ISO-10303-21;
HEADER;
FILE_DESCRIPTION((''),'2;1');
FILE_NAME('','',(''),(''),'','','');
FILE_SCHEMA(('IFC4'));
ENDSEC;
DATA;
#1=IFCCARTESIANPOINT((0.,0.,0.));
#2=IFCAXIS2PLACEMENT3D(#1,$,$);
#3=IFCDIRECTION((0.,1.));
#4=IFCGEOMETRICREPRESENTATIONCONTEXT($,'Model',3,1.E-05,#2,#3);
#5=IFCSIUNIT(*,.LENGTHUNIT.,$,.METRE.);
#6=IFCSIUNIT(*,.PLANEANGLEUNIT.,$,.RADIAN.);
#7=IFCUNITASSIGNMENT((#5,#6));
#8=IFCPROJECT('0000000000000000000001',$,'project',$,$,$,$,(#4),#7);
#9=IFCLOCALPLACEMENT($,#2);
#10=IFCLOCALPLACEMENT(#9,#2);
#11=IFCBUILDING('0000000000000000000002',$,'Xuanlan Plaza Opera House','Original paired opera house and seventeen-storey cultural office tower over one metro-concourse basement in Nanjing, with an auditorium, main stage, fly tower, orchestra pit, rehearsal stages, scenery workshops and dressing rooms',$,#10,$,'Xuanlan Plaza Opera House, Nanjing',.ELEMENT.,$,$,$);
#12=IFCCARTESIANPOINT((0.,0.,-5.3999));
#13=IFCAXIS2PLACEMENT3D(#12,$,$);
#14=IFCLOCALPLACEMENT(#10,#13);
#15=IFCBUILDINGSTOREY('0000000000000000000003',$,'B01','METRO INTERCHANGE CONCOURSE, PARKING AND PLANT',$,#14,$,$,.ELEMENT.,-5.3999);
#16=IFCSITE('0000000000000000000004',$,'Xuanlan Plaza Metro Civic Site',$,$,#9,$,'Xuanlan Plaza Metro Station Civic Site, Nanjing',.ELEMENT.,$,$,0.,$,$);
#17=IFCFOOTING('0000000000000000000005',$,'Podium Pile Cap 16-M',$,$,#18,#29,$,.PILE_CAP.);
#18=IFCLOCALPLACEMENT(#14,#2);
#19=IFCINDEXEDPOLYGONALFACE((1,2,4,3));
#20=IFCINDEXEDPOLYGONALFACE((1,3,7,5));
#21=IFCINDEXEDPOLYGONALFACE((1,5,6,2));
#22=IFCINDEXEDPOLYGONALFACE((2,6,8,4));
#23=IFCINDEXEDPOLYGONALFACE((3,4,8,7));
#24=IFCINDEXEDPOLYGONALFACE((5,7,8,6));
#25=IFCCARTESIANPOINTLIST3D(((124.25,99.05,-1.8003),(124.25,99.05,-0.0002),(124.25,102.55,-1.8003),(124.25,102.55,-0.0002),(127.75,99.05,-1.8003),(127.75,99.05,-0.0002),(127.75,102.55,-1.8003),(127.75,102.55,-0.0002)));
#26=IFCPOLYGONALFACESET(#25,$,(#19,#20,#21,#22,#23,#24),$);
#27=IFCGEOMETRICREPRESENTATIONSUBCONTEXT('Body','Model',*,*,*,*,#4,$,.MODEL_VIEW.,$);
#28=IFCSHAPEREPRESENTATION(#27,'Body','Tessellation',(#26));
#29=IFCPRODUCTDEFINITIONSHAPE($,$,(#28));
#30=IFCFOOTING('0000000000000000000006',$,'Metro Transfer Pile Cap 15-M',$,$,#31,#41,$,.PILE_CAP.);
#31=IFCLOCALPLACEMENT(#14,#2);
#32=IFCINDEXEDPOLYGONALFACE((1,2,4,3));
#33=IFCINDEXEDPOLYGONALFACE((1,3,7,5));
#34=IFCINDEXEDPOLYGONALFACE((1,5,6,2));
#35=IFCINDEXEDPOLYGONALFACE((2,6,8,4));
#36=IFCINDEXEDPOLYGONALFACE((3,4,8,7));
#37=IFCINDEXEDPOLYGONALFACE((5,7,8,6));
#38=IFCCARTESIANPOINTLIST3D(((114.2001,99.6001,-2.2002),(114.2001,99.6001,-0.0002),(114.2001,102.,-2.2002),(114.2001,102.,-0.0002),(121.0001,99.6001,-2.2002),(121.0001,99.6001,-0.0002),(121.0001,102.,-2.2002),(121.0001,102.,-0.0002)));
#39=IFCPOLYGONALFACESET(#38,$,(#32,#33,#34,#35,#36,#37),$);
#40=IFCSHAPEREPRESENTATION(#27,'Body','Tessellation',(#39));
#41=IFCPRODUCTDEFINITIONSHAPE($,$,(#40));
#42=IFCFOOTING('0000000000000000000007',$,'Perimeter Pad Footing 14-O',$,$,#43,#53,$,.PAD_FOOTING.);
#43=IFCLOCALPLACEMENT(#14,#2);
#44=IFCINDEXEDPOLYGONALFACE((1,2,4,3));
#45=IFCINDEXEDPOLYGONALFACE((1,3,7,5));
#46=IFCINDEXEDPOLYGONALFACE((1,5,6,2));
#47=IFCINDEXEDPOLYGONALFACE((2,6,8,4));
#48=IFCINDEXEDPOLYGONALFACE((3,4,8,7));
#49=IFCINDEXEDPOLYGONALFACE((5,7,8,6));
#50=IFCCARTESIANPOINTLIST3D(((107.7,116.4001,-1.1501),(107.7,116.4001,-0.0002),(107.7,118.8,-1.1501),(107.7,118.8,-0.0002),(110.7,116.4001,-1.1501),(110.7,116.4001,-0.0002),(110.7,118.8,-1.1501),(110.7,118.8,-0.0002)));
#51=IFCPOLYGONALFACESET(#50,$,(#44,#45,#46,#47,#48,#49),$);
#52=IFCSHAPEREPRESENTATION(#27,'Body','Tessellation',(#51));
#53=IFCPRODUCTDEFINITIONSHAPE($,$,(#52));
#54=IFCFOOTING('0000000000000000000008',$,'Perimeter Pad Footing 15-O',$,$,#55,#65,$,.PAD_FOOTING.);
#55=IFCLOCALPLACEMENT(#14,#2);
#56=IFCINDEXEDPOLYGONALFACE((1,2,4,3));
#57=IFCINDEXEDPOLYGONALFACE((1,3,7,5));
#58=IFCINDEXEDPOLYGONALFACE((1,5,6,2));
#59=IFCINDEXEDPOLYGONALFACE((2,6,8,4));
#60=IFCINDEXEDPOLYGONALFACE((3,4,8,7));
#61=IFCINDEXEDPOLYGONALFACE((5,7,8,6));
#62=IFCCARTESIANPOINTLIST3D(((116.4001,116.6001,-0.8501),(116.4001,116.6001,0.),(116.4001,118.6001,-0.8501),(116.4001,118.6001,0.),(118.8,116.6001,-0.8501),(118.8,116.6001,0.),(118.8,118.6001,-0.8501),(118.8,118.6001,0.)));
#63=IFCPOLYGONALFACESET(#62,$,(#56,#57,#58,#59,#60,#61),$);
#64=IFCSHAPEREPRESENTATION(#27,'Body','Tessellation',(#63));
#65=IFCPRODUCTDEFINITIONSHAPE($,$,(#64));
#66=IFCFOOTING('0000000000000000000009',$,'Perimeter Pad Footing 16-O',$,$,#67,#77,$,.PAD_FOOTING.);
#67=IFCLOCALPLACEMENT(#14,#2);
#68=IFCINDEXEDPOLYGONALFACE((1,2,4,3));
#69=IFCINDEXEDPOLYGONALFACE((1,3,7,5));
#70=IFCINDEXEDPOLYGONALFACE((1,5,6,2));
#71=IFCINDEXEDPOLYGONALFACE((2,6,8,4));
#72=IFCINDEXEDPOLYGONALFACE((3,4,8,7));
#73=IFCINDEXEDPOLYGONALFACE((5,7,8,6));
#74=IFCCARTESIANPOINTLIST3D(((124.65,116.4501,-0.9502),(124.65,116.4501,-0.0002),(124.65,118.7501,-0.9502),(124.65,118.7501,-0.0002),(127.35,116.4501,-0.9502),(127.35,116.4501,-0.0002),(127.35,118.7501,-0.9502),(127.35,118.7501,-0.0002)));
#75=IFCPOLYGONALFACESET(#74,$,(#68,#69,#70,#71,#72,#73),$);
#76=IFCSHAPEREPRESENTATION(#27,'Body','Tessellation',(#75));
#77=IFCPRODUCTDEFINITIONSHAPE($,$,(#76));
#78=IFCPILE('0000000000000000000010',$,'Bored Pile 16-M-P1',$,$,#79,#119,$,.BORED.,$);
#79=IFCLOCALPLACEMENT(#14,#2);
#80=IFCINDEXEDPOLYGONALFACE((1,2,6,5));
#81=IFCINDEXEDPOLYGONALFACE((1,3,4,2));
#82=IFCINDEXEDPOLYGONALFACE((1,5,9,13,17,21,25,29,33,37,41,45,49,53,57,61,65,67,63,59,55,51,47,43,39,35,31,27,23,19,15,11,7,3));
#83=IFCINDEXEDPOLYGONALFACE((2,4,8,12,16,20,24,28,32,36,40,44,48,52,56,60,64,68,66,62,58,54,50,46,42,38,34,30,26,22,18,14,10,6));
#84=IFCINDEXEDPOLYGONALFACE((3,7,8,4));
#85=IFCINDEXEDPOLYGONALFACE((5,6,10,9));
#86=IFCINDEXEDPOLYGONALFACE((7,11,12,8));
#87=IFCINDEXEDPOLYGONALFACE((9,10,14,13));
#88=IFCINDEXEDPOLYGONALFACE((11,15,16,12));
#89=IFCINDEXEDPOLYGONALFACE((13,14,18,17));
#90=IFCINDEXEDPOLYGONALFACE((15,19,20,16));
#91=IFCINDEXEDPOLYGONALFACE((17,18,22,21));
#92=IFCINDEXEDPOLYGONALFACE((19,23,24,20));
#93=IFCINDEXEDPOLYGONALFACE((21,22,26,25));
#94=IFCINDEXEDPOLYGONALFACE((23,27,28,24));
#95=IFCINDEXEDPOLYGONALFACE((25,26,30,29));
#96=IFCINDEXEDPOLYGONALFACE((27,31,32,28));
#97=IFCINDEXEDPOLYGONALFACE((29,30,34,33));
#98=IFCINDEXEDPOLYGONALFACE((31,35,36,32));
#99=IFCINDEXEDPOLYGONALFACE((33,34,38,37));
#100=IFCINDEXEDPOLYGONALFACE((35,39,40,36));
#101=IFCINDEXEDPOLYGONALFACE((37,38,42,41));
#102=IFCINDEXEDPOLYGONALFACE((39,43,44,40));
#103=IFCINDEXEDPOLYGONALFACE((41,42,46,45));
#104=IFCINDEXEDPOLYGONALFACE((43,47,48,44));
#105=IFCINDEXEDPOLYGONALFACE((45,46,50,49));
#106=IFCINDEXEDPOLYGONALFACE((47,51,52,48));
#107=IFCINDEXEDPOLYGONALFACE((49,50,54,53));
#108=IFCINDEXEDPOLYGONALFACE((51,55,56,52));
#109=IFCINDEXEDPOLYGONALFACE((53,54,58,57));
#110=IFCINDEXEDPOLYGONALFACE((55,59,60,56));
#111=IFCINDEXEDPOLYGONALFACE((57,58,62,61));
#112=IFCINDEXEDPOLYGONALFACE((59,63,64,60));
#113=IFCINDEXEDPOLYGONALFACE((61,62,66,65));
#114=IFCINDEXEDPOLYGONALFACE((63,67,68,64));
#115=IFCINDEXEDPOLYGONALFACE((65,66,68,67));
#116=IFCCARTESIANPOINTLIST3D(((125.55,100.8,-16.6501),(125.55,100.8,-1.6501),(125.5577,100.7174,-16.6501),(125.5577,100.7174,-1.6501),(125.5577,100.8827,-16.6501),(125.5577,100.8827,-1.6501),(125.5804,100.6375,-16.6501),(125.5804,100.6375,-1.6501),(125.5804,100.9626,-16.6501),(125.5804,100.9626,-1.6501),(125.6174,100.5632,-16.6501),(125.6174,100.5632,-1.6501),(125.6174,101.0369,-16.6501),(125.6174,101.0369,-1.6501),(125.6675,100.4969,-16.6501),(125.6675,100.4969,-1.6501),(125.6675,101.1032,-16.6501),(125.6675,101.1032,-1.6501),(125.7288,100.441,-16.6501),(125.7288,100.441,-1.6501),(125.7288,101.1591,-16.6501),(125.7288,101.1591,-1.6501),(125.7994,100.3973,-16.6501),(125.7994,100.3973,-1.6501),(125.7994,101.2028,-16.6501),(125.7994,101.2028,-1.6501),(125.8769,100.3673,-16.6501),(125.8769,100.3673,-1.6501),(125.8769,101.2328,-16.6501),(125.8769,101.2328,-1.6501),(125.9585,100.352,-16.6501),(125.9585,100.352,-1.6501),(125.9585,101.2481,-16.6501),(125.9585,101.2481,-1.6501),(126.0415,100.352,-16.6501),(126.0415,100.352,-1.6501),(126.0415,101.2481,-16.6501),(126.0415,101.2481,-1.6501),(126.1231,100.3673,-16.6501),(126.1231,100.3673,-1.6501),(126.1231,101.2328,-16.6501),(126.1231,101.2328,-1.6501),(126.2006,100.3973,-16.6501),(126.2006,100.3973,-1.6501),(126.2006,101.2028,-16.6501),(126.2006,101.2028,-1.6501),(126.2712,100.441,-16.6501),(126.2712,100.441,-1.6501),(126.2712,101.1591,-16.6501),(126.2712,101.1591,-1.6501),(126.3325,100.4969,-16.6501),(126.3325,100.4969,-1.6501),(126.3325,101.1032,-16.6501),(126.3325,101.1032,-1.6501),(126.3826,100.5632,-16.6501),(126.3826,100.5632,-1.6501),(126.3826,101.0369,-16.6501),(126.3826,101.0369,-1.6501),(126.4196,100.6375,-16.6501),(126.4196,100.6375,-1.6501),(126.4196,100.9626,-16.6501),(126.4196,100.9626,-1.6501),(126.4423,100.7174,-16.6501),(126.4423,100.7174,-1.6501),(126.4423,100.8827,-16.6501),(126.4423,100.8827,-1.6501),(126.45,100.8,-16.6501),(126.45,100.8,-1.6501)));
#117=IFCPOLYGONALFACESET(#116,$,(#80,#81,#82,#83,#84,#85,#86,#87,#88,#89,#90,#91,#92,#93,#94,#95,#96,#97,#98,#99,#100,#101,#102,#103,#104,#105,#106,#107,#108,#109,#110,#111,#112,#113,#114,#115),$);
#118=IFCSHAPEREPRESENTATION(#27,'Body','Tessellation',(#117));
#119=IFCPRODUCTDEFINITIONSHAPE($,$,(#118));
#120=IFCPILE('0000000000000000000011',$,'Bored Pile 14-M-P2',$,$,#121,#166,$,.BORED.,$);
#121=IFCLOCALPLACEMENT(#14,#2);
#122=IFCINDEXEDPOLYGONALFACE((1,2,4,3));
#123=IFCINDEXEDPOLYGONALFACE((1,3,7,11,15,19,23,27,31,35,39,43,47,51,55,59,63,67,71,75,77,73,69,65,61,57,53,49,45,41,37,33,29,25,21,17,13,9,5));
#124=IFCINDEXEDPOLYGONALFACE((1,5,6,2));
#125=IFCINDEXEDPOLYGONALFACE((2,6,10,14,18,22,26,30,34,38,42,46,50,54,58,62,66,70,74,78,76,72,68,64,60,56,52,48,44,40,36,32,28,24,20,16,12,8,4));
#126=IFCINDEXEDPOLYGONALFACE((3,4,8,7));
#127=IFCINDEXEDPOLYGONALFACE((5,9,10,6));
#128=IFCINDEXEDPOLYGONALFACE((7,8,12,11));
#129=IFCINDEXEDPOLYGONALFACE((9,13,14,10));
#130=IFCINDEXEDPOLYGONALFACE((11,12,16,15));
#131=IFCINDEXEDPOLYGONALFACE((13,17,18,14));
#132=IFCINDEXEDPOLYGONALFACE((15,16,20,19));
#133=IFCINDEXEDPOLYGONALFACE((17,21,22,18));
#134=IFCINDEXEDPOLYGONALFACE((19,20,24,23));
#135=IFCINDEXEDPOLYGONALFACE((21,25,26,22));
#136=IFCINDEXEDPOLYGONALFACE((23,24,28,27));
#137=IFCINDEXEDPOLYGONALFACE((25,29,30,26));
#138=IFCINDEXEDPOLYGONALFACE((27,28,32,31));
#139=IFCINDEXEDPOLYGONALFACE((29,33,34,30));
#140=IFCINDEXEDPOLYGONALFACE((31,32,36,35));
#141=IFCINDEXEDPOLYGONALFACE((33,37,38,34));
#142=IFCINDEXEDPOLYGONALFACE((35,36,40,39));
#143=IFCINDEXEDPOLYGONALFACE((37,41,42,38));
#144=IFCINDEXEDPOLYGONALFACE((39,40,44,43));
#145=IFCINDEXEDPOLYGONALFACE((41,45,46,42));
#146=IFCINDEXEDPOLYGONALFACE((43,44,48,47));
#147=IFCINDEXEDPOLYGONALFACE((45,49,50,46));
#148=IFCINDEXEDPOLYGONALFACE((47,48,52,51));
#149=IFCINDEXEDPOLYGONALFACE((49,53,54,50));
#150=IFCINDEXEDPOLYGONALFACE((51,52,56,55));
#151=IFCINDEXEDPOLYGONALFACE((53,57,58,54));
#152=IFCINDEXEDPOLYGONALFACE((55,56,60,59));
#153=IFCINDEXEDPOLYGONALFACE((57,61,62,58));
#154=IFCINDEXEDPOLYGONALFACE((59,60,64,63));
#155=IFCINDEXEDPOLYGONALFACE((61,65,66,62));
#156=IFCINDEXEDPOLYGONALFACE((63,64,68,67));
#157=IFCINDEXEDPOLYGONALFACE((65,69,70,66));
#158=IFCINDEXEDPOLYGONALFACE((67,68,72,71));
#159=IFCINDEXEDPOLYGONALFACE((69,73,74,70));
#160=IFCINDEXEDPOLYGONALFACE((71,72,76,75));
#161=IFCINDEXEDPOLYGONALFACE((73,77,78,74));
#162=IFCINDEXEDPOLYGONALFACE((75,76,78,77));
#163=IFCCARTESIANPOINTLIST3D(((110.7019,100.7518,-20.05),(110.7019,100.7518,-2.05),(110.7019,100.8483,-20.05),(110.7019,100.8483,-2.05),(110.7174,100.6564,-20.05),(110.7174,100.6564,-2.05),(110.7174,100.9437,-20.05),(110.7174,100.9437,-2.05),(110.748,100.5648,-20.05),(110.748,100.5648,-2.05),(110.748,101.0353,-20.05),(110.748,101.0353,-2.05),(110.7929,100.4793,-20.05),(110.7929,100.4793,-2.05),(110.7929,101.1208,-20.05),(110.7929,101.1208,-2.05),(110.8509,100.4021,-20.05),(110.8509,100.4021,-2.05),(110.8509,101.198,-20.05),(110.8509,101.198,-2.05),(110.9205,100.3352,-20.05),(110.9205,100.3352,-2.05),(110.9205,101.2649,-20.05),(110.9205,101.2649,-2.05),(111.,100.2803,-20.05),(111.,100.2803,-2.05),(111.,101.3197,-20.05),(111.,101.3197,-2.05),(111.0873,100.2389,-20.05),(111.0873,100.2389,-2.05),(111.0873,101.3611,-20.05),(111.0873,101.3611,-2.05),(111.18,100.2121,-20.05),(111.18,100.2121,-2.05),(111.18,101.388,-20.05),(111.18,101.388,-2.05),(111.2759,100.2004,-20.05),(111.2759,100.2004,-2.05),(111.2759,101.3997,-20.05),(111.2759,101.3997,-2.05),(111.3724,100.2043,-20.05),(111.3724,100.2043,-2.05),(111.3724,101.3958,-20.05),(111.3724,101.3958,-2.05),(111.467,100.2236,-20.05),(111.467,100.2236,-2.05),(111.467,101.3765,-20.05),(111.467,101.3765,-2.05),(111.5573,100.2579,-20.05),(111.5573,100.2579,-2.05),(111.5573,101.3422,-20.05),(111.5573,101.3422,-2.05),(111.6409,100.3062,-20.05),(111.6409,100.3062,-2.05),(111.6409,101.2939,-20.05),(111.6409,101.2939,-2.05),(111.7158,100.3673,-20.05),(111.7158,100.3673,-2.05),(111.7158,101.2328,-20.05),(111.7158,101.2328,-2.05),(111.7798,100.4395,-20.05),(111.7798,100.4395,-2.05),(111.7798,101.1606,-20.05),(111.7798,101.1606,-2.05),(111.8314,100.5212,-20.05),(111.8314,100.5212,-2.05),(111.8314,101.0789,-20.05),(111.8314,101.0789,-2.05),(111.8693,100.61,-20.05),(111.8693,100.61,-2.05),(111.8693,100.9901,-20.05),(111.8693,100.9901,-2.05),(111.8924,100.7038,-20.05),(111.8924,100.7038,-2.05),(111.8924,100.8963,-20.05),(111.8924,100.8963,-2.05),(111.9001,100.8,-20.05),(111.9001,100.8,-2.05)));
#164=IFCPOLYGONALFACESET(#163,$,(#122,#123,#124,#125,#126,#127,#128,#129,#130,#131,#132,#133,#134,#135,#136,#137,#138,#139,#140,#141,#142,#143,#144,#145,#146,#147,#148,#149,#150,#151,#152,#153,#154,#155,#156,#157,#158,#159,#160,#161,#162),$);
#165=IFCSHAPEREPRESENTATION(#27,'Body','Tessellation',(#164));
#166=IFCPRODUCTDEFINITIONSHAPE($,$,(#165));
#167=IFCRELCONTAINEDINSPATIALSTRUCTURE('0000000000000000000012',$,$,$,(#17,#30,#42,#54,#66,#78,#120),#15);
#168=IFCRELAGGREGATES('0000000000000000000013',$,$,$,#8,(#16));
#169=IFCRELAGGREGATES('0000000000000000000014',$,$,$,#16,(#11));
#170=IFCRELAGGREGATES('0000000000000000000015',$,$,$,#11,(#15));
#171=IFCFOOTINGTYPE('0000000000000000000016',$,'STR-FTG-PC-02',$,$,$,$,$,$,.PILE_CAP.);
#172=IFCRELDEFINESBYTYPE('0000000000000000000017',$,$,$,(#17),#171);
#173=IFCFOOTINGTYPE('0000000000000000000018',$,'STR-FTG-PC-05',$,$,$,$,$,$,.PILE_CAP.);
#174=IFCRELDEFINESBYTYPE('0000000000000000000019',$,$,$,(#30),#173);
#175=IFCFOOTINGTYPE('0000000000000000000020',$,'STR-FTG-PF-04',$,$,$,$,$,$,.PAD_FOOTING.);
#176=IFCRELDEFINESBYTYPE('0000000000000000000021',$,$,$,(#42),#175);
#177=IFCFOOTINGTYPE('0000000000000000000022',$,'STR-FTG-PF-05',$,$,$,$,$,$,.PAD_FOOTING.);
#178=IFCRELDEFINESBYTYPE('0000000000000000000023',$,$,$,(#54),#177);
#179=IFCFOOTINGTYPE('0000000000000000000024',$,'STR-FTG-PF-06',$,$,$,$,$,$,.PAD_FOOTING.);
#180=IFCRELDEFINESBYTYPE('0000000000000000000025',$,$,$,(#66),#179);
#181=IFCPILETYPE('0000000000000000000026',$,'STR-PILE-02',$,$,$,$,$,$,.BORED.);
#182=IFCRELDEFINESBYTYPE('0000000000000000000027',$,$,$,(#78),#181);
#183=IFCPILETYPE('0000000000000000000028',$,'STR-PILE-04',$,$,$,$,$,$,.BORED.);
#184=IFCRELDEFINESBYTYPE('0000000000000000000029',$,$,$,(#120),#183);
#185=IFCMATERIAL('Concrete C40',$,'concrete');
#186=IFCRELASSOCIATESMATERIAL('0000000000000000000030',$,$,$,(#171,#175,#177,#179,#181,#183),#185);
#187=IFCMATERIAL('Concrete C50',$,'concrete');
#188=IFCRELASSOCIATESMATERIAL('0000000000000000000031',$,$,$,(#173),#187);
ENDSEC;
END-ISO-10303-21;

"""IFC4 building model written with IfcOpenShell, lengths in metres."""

from ifc_helpers import new_model, si_unit, direction, frame, origin, origin_2d, place, context, subcontext, project, spatial, rectangle, circle, extrude, material, material_profile, profile_set, type_object, element, save


model = new_model("IFC4")

# Units and contexts
model_context = context("Model", 3, precision=1e-05, world=origin(), true_north=direction((0.0, 1.0)))
body_context = subcontext(model_context, "Body", "Model", "MODEL_VIEW")
ifc_project = project(units=[si_unit("LENGTHUNIT", "METRE"), si_unit("PLANEANGLEUNIT", "RADIAN")], contexts=[model_context])

# Site, building, storey
site_placement = place(None, origin())
site = spatial("IfcSite", under=ifc_project, at=site_placement, Name="Xuanlan Plaza Metro Civic Site", LongName="Xuanlan Plaza Metro Station Civic Site, Nanjing", CompositionType="ELEMENT", RefElevation=0.0)
building_placement = place(site_placement, origin())
building = spatial("IfcBuilding", under=site, at=building_placement, Name="Xuanlan Plaza Opera House", Description="Original paired opera house and seventeen-storey cultural office tower over one metro-concourse basement in Nanjing, with an auditorium, main stage, fly tower, orchestra pit, rehearsal stages, scenery workshops and dressing rooms", LongName="Xuanlan Plaza Opera House, Nanjing", CompositionType="ELEMENT")
storey_placement = place(building_placement, frame((0.0, 0.0, -5.3999)))
storey = spatial("IfcBuildingStorey", under=building, at=storey_placement, Name="B01", Description="METRO INTERCHANGE CONCOURSE, PARKING AND PLANT", CompositionType="ELEMENT", Elevation=-5.3999)

# Footings
ifc_material_1 = material(Name="Concrete C40", Category="concrete")
footing_type_1 = type_object("IfcFootingType", Name="STR-FTG-PC-02", PredefinedType="PILE_CAP", material=ifc_material_1)
footing_1_placement = place(storey_placement, frame((126.0, 100.8, -1.8003), z_axis=(0.0, 0.0, 1.0), x_axis=(1.0, 0.0, 0.0)))
element("IfcFooting", 1, at=footing_1_placement, inside=storey, type_object=footing_type_1, Name="Podium Pile Cap 16-M", PredefinedType="PILE_CAP", context=body_context, shape_type="SweptSolid", body=[
    extrude(rectangle(XDim=3.5, YDim=3.5, at=origin_2d()), origin(), (0.0, 0.0, 1.0), 1.8),
])
ifc_material_2 = material(Name="Concrete C50", Category="concrete")
footing_type_2 = type_object("IfcFootingType", Name="STR-FTG-PC-05", PredefinedType="PILE_CAP", material=ifc_material_2)
footing_2_placement = place(storey_placement, frame((117.6001, 100.8, -2.2002), z_axis=(0.0, 0.0, 1.0), x_axis=(1.0, 0.0, 0.0)))
element("IfcFooting", 2, at=footing_2_placement, inside=storey, type_object=footing_type_2, Name="Metro Transfer Pile Cap 15-M", PredefinedType="PILE_CAP", context=body_context, shape_type="SweptSolid", body=[
    extrude(rectangle(XDim=6.8, YDim=2.3999, at=origin_2d()), origin(), (0.0, 0.0, 1.0), 2.2),
])
footing_type_3 = type_object("IfcFootingType", Name="STR-FTG-PF-04", PredefinedType="PAD_FOOTING", material=ifc_material_1)
footing_3_placement = place(storey_placement, frame((109.2, 117.6001, -1.1501), z_axis=(0.0, 0.0, 1.0), x_axis=(1.0, 0.0, 0.0)))
element("IfcFooting", 3, at=footing_3_placement, inside=storey, type_object=footing_type_3, Name="Perimeter Pad Footing 14-O", PredefinedType="PAD_FOOTING", context=body_context, shape_type="SweptSolid", body=[
    extrude(rectangle(XDim=3.0, YDim=2.3999, at=origin_2d()), origin(), (0.0, 0.0, 1.0), 1.1499),
])
footing_type_4 = type_object("IfcFootingType", Name="STR-FTG-PF-05", PredefinedType="PAD_FOOTING", material=ifc_material_1)
footing_4_placement = place(storey_placement, frame((117.6001, 117.6001, -0.8501), z_axis=(0.0, 0.0, 1.0), x_axis=(1.0, 0.0, 0.0)))
element("IfcFooting", 4, at=footing_4_placement, inside=storey, type_object=footing_type_4, Name="Perimeter Pad Footing 15-O", PredefinedType="PAD_FOOTING", context=body_context, shape_type="SweptSolid", body=[
    extrude(rectangle(XDim=2.3999, YDim=2.0, at=origin_2d()), origin(), (0.0, 0.0, 1.0), 0.8501),
])
footing_type_5 = type_object("IfcFootingType", Name="STR-FTG-PF-06", PredefinedType="PAD_FOOTING", material=ifc_material_1)
footing_5_placement = place(storey_placement, frame((126.0, 117.6001, -0.9502), z_axis=(0.0, 0.0, 1.0), x_axis=(1.0, 0.0, 0.0)))
element("IfcFooting", 5, at=footing_5_placement, inside=storey, type_object=footing_type_5, Name="Perimeter Pad Footing 16-O", PredefinedType="PAD_FOOTING", context=body_context, shape_type="SweptSolid", body=[
    extrude(rectangle(XDim=2.7, YDim=2.3, at=origin_2d()), origin(), (0.0, 0.0, 1.0), 0.95),
])

# Piles
ifc_material_profile_1 = material_profile(ifc_material_1, circle(Radius=0.45, at=origin_2d()), Name="PILE D900")
ifc_profile_set_1 = profile_set([ifc_material_profile_1], Name="Concrete C40")
pile_type_1 = type_object("IfcPileType", Name="STR-PILE-02", PredefinedType="BORED", material=ifc_profile_set_1)
pile_placement = place(storey_placement, frame((126.0, 100.8, -1.6501), z_axis=(0.0, 0.0, -1.0), x_axis=(1.0, 0.0, 0.0)))
element("IfcPile", 6, at=pile_placement, inside=storey, type_object=pile_type_1, Name="Bored Pile 16-M-P1", PredefinedType="BORED", context=body_context, shape_type="SweptSolid", body=[
    extrude(circle(Radius=0.45, at=origin_2d()), origin(), (0.0, 0.0, 1.0), 15.0),
])
ifc_material_profile_2 = material_profile(ifc_material_1, circle(Radius=0.6001, at=origin_2d()), Name="PILE D1200")
ifc_profile_set_2 = profile_set([ifc_material_profile_2], Name="Concrete C40")
pile_type_2 = type_object("IfcPileType", Name="STR-PILE-04", PredefinedType="BORED", material=ifc_profile_set_2)
for number, where, z_axis, x_axis, name in (
    (7, (111.3, 100.8, -2.05), (0.0, 0.0, -1.0), (1.0, 0.0, 0.0), "Bored Pile 14-M-P2"),
):
    element("IfcPile", number, at=place(storey_placement, frame(where, z_axis=z_axis, x_axis=x_axis)), inside=storey, type_object=pile_type_2, Name=name, PredefinedType="BORED", context=body_context, shape_type="SweptSolid", body=[
        extrude(circle(Radius=0.6001, at=origin_2d()), origin(), (0.0, 0.0, 1.0), 18.0),
    ])

save(model, "model.ifc")
